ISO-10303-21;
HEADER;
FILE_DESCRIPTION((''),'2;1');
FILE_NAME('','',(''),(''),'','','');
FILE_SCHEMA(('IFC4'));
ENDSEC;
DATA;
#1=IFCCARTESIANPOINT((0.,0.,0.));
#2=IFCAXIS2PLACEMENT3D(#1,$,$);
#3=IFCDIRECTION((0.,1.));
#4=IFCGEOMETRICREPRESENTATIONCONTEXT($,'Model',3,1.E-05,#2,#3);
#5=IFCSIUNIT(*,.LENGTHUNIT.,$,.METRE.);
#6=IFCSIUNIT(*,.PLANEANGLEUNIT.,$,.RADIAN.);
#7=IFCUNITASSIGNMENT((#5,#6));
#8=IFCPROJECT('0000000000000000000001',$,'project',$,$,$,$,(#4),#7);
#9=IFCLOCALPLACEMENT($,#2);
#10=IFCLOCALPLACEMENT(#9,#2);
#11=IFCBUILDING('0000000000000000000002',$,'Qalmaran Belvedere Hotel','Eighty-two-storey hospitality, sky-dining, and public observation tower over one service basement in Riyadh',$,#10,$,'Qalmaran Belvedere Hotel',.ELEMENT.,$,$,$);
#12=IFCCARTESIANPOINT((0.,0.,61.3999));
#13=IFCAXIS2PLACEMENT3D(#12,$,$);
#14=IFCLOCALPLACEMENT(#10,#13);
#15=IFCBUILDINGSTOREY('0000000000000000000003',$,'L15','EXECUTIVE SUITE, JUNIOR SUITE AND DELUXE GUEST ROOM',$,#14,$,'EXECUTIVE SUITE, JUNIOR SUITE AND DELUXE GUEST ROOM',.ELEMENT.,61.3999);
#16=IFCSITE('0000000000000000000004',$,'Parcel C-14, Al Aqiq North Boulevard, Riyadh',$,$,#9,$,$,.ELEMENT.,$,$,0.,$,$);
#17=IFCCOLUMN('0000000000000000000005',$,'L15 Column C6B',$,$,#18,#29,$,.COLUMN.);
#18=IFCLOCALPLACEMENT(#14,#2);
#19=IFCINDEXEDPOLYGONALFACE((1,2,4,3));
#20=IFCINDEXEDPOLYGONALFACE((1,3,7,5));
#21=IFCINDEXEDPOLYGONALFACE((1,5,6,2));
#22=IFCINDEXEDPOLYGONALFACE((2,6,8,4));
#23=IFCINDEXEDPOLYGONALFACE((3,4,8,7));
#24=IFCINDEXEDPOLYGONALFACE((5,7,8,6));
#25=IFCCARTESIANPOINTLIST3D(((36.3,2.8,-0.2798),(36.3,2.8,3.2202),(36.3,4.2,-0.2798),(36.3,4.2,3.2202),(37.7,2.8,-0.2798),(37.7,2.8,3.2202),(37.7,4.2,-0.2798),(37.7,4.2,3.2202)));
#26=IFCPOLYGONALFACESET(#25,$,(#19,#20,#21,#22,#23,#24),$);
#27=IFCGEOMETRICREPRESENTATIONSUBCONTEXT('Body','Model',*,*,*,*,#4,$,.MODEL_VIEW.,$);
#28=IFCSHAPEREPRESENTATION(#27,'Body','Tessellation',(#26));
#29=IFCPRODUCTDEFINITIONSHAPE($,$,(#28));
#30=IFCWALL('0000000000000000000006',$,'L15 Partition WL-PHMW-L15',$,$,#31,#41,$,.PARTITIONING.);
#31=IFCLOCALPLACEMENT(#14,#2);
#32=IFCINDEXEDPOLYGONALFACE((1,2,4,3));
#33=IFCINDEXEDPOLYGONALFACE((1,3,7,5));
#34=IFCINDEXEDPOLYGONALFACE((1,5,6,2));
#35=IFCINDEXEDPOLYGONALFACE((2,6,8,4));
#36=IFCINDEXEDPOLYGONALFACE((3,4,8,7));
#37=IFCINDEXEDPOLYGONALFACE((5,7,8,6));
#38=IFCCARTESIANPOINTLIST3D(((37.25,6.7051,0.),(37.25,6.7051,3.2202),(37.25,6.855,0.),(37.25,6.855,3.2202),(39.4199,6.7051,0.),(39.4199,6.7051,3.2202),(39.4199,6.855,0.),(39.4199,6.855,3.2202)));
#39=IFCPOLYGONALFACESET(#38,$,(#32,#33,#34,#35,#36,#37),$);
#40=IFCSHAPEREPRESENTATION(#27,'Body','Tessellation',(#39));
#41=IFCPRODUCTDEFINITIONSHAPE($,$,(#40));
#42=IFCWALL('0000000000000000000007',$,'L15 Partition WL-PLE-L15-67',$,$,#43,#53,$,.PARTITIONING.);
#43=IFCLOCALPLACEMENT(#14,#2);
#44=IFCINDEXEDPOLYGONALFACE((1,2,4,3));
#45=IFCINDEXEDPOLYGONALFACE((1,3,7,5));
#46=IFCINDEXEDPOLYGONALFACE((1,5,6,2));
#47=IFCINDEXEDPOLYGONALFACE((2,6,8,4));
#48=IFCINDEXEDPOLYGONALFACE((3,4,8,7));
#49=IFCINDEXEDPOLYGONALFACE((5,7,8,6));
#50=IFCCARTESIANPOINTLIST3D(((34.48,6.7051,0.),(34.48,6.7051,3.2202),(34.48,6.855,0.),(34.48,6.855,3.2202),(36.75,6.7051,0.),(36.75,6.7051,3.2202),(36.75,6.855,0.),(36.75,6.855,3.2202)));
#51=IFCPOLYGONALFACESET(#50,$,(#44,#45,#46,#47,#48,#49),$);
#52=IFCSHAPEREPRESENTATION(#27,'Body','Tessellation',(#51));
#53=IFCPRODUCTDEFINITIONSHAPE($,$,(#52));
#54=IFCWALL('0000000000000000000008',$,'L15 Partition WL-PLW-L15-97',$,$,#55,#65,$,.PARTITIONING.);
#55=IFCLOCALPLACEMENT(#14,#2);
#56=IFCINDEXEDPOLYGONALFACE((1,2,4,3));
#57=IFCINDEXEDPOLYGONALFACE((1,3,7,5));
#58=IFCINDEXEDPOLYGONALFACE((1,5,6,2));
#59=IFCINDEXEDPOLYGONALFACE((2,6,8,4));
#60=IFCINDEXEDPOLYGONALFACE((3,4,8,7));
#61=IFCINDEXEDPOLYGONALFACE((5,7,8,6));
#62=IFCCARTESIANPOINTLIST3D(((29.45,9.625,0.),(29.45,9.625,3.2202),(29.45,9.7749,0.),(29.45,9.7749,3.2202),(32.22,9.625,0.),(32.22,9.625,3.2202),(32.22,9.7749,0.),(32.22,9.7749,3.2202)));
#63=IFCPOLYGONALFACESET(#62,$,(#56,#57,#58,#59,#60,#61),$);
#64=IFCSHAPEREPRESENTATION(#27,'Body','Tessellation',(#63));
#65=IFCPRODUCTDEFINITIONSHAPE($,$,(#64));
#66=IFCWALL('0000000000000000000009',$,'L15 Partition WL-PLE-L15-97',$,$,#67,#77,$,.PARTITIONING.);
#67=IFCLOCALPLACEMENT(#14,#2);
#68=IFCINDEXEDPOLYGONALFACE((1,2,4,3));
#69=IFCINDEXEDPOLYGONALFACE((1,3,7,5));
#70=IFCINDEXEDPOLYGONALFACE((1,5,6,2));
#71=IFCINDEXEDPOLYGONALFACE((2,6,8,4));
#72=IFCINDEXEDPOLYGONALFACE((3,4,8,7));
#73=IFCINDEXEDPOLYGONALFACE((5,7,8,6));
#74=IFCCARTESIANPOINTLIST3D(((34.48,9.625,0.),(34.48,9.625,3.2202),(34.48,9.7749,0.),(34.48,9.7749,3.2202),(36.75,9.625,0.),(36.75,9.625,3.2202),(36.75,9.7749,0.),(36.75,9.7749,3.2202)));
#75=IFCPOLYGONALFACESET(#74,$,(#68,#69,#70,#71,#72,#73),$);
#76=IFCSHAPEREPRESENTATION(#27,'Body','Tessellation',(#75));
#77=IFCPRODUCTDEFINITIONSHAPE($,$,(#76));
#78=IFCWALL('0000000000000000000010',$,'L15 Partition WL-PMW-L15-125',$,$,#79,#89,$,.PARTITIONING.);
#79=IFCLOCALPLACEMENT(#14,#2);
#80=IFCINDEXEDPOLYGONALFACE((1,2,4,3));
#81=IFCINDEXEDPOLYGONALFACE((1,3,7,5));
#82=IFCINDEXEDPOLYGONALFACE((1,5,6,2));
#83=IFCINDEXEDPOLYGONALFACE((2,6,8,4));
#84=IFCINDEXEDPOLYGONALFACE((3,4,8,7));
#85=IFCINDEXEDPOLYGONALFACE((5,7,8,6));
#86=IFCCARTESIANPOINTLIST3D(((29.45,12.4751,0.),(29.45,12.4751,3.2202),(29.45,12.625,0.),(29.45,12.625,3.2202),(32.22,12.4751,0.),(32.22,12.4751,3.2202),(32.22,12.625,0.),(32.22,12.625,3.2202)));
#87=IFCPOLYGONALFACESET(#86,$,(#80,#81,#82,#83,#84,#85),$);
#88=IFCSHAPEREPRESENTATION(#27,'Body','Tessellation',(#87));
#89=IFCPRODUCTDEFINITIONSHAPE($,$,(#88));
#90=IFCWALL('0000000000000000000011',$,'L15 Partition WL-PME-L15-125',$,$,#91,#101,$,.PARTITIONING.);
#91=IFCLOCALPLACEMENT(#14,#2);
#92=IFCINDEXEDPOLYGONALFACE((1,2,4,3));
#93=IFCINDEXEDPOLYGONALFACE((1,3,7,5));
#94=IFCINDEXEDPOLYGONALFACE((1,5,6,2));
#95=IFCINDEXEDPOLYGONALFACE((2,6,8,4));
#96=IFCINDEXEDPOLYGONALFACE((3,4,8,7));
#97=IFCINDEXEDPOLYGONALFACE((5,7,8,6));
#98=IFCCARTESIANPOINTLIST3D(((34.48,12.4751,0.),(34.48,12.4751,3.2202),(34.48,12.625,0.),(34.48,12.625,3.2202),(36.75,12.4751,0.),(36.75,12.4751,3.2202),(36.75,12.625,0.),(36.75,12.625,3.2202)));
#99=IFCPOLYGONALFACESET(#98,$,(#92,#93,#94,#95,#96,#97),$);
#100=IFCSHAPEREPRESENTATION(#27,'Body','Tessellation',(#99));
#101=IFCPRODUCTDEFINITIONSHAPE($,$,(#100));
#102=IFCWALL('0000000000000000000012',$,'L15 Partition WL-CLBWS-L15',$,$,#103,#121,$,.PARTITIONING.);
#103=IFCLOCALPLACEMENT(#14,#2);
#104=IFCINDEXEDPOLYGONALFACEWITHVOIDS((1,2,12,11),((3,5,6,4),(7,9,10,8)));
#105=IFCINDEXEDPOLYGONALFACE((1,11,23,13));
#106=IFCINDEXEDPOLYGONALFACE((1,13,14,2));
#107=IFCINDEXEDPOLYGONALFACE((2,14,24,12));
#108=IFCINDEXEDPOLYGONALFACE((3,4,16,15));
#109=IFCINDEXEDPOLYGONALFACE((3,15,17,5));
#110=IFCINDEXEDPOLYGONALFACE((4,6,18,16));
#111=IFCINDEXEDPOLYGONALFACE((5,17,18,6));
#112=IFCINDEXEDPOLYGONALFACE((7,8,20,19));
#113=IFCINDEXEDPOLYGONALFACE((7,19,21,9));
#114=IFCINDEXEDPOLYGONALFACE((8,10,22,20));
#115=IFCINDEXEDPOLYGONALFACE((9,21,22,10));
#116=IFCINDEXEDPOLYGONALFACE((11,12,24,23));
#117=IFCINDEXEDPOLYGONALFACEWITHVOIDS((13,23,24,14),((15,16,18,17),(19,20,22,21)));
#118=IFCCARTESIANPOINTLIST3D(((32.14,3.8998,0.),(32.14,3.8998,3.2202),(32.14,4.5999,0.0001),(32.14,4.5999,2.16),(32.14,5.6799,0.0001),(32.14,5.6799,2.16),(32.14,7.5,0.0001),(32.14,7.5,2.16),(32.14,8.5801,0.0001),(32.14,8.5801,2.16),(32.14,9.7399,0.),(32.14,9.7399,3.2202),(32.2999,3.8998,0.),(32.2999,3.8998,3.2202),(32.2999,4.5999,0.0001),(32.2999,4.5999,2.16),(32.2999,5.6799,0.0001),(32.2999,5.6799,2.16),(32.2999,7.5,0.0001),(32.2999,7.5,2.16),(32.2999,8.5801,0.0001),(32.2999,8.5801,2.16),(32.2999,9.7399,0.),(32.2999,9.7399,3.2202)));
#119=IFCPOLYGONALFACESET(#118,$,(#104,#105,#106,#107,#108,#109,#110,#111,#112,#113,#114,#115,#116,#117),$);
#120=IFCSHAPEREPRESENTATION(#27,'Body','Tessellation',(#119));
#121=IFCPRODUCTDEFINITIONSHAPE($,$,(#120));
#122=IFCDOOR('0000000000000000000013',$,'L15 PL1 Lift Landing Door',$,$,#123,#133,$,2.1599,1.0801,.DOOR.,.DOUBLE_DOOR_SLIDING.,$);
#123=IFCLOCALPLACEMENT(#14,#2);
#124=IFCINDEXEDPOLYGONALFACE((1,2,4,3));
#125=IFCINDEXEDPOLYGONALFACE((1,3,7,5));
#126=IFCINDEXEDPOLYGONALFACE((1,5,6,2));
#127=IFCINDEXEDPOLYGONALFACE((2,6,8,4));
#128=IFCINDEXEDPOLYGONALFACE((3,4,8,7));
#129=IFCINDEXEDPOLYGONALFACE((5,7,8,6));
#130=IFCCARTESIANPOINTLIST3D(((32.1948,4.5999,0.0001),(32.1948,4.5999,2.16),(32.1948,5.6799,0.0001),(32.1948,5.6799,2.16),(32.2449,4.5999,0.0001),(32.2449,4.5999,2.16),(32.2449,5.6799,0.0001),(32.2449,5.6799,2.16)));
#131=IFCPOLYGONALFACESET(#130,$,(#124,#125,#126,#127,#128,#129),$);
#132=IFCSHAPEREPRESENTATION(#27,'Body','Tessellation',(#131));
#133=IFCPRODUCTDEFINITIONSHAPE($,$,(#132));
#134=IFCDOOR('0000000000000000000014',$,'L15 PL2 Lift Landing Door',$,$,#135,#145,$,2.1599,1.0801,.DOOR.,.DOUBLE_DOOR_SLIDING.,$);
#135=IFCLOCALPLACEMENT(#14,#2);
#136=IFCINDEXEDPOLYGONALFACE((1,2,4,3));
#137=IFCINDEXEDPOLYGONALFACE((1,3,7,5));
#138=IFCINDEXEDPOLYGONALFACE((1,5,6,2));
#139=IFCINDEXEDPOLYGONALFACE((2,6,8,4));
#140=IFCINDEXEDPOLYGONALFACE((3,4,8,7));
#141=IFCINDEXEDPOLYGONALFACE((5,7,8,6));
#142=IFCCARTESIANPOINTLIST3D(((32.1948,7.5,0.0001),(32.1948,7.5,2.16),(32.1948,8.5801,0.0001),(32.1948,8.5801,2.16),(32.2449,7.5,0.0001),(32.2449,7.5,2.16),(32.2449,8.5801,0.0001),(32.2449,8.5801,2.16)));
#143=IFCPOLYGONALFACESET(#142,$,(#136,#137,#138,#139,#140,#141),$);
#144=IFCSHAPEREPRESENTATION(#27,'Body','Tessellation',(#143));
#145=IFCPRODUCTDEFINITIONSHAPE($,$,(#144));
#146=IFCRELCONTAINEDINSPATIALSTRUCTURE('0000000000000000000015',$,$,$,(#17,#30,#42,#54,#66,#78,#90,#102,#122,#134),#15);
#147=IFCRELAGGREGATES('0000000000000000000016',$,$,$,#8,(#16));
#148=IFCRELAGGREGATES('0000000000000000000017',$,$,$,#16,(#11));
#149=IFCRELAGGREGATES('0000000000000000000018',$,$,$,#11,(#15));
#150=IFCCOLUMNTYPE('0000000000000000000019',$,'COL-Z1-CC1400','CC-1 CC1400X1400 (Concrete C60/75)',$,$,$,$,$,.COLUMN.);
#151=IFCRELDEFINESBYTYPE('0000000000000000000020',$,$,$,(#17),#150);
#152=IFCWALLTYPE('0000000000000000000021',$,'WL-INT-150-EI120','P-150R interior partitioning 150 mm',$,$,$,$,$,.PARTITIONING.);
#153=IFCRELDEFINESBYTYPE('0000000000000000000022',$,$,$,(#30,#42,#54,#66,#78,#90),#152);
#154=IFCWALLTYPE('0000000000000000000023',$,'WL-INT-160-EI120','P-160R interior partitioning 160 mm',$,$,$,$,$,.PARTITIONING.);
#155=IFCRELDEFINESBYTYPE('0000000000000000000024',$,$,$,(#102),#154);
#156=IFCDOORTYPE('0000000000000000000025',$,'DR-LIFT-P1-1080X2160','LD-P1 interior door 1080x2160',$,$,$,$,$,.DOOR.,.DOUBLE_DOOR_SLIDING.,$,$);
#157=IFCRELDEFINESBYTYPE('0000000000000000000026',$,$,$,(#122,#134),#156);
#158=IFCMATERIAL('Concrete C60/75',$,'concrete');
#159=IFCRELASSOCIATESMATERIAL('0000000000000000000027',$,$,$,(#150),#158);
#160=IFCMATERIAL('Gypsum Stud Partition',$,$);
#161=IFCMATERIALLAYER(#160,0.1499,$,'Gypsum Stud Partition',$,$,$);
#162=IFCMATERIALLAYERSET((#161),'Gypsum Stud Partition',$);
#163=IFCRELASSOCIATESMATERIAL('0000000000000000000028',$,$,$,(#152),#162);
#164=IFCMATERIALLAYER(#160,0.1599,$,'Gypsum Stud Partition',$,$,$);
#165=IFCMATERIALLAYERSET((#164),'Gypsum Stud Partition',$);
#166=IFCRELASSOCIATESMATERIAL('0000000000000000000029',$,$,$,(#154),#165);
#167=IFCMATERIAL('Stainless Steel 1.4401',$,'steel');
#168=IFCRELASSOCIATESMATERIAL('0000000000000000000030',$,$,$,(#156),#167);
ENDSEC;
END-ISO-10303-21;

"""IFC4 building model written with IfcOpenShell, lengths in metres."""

from ifc_helpers import new_model, si_unit, direction, frame, frame_2d, origin, origin_2d, place, context, subcontext, project, spatial, rectangle, extrude, material, layer, layer_set, material_profile, profile_set, type_object, element, fill, save


model = new_model("IFC4")

# Units and contexts
model_context = context("Model", 3, precision=1e-05, world=origin(), true_north=direction((0.0, 1.0)))
body_context = subcontext(model_context, "Body", "Model", "MODEL_VIEW")
ifc_project = project(units=[si_unit("LENGTHUNIT", "METRE"), si_unit("PLANEANGLEUNIT", "RADIAN")], contexts=[model_context])

# Site, building, storey
site_placement = place(None, origin())
site = spatial("IfcSite", under=ifc_project, at=site_placement, Name="Parcel C-14, Al Aqiq North Boulevard, Riyadh", CompositionType="ELEMENT", RefElevation=0.0)
building_placement = place(site_placement, origin())
building = spatial("IfcBuilding", under=site, at=building_placement, Name="Qalmaran Belvedere Hotel", Description="Eighty-two-storey hospitality, sky-dining, and public observation tower over one service basement in Riyadh", LongName="Qalmaran Belvedere Hotel", CompositionType="ELEMENT")
storey_placement = place(building_placement, frame((0.0, 0.0, 61.3999)))
storey = spatial("IfcBuildingStorey", under=building, at=storey_placement, Name="L15", Description="EXECUTIVE SUITE, JUNIOR SUITE AND DELUXE GUEST ROOM", LongName="EXECUTIVE SUITE, JUNIOR SUITE AND DELUXE GUEST ROOM", CompositionType="ELEMENT", Elevation=61.3999)

# Column
ifc_material_1 = material(Name="Concrete C60/75", Category="concrete")
ifc_material_profile = material_profile(ifc_material_1, rectangle(XDim=1.3999, YDim=1.3999, at=origin_2d()), Name="CC1400X1400")
ifc_profile_set = profile_set([ifc_material_profile], Name="Concrete C60/75")
column_type = type_object("IfcColumnType", Name="COL-Z1-CC1400", Description="CC-1 CC1400X1400 (Concrete C60/75)", PredefinedType="COLUMN", material=ifc_profile_set)
column_placement = place(storey_placement, frame((37.0, 3.5, -0.2798), z_axis=(0.0, 0.0, 1.0), x_axis=(1.0, 0.0, 0.0)))
element("IfcColumn", 1, at=column_placement, inside=storey, type_object=column_type, Name="L15 Column C6B", PredefinedType="COLUMN", context=body_context, shape_type="SweptSolid", body=[
    extrude(rectangle(XDim=1.3999, YDim=1.3999, at=origin_2d()), origin(), (0.0, 0.0, 1.0), 3.5),
])

# Walls
ifc_material_2 = material(Name="Gypsum Stud Partition")
ifc_layer_1 = layer(ifc_material_2, 0.1499, Name="Gypsum Stud Partition")
ifc_layer_set_1 = layer_set([ifc_layer_1], Name="Gypsum Stud Partition")
wall_type_1 = type_object("IfcWallType", Name="WL-INT-150-EI120", Description="P-150R interior partitioning 150 mm", PredefinedType="PARTITIONING", material=ifc_layer_set_1)
wall_1_placement = place(storey_placement, frame((37.25, 6.78, 0.0), z_axis=(0.0, 0.0, 1.0), x_axis=(1.0, 0.0, 0.0)))
element("IfcWall", 2, at=wall_1_placement, inside=storey, type_object=wall_type_1, Name="L15 Partition WL-PHMW-L15", PredefinedType="PARTITIONING", context=body_context, shape_type="SweptSolid", body=[
    extrude(rectangle(XDim=2.1699, YDim=0.1499, at=frame_2d((1.085, 0.0))), origin(), (0.0, 0.0, 1.0), 3.2202),
])
wall_2_placement = place(storey_placement, frame((34.48, 6.78, 0.0), z_axis=(0.0, 0.0, 1.0), x_axis=(1.0, 0.0, 0.0)))
element("IfcWall", 3, at=wall_2_placement, inside=storey, type_object=wall_type_1, Name="L15 Partition WL-PLE-L15-67", PredefinedType="PARTITIONING", context=body_context, shape_type="SweptSolid", body=[
    extrude(rectangle(XDim=2.27, YDim=0.1499, at=frame_2d((1.135, 0.0))), origin(), (0.0, 0.0, 1.0), 3.2202),
])
wall_3_placement = place(storey_placement, frame((29.45, 9.7, 0.0), z_axis=(0.0, 0.0, 1.0), x_axis=(1.0, 0.0, 0.0)))
element("IfcWall", 4, at=wall_3_placement, inside=storey, type_object=wall_type_1, Name="L15 Partition WL-PLW-L15-97", PredefinedType="PARTITIONING", context=body_context, shape_type="SweptSolid", body=[
    extrude(rectangle(XDim=2.77, YDim=0.1499, at=frame_2d((1.385, 0.0))), origin(), (0.0, 0.0, 1.0), 3.2202),
])
wall_4_placement = place(storey_placement, frame((34.48, 9.7, 0.0), z_axis=(0.0, 0.0, 1.0), x_axis=(1.0, 0.0, 0.0)))
element("IfcWall", 5, at=wall_4_placement, inside=storey, type_object=wall_type_1, Name="L15 Partition WL-PLE-L15-97", PredefinedType="PARTITIONING", context=body_context, shape_type="SweptSolid", body=[
    extrude(rectangle(XDim=2.27, YDim=0.1499, at=frame_2d((1.135, 0.0))), origin(), (0.0, 0.0, 1.0), 3.2202),
])
wall_5_placement = place(storey_placement, frame((29.45, 12.55, 0.0), z_axis=(0.0, 0.0, 1.0), x_axis=(1.0, 0.0, 0.0)))
element("IfcWall", 6, at=wall_5_placement, inside=storey, type_object=wall_type_1, Name="L15 Partition WL-PMW-L15-125", PredefinedType="PARTITIONING", context=body_context, shape_type="SweptSolid", body=[
    extrude(rectangle(XDim=2.77, YDim=0.1499, at=frame_2d((1.385, 0.0))), origin(), (0.0, 0.0, 1.0), 3.2202),
])
wall_6_placement = place(storey_placement, frame((34.48, 12.55, 0.0), z_axis=(0.0, 0.0, 1.0), x_axis=(1.0, 0.0, 0.0)))
element("IfcWall", 7, at=wall_6_placement, inside=storey, type_object=wall_type_1, Name="L15 Partition WL-PME-L15-125", PredefinedType="PARTITIONING", context=body_context, shape_type="SweptSolid", body=[
    extrude(rectangle(XDim=2.27, YDim=0.1499, at=frame_2d((1.135, 0.0))), origin(), (0.0, 0.0, 1.0), 3.2202),
])

# Wall, openings, doors
ifc_layer_2 = layer(ifc_material_2, 0.1599, Name="Gypsum Stud Partition")
ifc_layer_set_2 = layer_set([ifc_layer_2], Name="Gypsum Stud Partition")
wall_type_2 = type_object("IfcWallType", Name="WL-INT-160-EI120", Description="P-160R interior partitioning 160 mm", PredefinedType="PARTITIONING", material=ifc_layer_set_2)
wall_7_placement = place(storey_placement, frame((32.22, 3.8999, 0.0), z_axis=(0.0, 0.0, 1.0), x_axis=(0.0, 1.0, 0.0)))
wall_7 = element("IfcWall", 8, at=wall_7_placement, inside=storey, type_object=wall_type_2, Name="L15 Partition WL-CLBWS-L15", PredefinedType="PARTITIONING", context=body_context, shape_type="SweptSolid", body=[
    extrude(rectangle(XDim=5.8401, YDim=0.1599, at=frame_2d((2.9199, 0.0))), origin(), (0.0, 0.0, 1.0), 3.2202),
])
opening_1_placement = place(wall_7_placement, frame((1.78, 0.0, 0.0), z_axis=(0.0, 0.0, 1.0), x_axis=(-1.0, 0.0, 0.0)))
opening_1 = element("IfcOpeningElement", 9, at=opening_1_placement, cuts=wall_7, PredefinedType="OPENING", context=body_context, shape_type="SweptSolid", body=[
    extrude(rectangle(XDim=1.0801, YDim=2.1599, at=frame_2d((0.54, 1.0801))), frame((0.0, 0.0898, 0.0), z_axis=(0.0, -1.0, 0.0), x_axis=(1.0, 0.0, 0.0)), (0.0, 0.0, 1.0), 0.1799),
])
opening_2_placement = place(wall_7_placement, frame((4.6802, 0.0, 0.0), z_axis=(0.0, 0.0, 1.0), x_axis=(-1.0, 0.0, 0.0)))
opening_2 = element("IfcOpeningElement", 10, at=opening_2_placement, cuts=wall_7, PredefinedType="OPENING", context=body_context, shape_type="SweptSolid", body=[
    extrude(rectangle(XDim=1.0801, YDim=2.1599, at=frame_2d((0.54, 1.0801))), frame((0.0, 0.0898, 0.0), z_axis=(0.0, -1.0, 0.0), x_axis=(1.0, 0.0, 0.0)), (0.0, 0.0, 1.0), 0.1799),
])
ifc_material_3 = material(Name="Stainless Steel 1.4401", Category="steel")
door_type_1 = type_object("IfcDoorType", Name="DR-LIFT-P1-1080X2160", Description="LD-P1 interior door 1080x2160", OperationType="DOUBLE_DOOR_SLIDING", PredefinedType="DOOR", material=ifc_material_3)
door_1_placement = place(opening_1_placement, origin())
door_1 = element("IfcDoor", 11, at=door_1_placement, inside=storey, type_object=door_type_1, Name="L15 PL1 Lift Landing Door", OperationType="DOUBLE_DOOR_SLIDING", OverallHeight=2.1599, OverallWidth=1.0801, PredefinedType="DOOR", context=body_context, shape_type="SweptSolid", body=[
    extrude(rectangle(XDim=1.0801, YDim=2.1599, at=frame_2d((0.54, 1.0801))), frame((0.0, 0.0249, 0.0), z_axis=(0.0, -1.0, 0.0), x_axis=(1.0, 0.0, 0.0)), (0.0, 0.0, 1.0), 0.05),
])
fill(opening_1, door_1)
door_2_placement = place(opening_2_placement, origin())
door_2 = element("IfcDoor", 12, at=door_2_placement, inside=storey, type_object=door_type_1, Name="L15 PL2 Lift Landing Door", OperationType="DOUBLE_DOOR_SLIDING", OverallHeight=2.1599, OverallWidth=1.0801, PredefinedType="DOOR", context=body_context, shape_type="SweptSolid", body=[
    extrude(rectangle(XDim=1.0801, YDim=2.1599, at=frame_2d((0.54, 1.0801))), frame((0.0, 0.0249, 0.0), z_axis=(0.0, -1.0, 0.0), x_axis=(1.0, 0.0, 0.0)), (0.0, 0.0, 1.0), 0.05),
])
fill(opening_2, door_2)

save(model, "model.ifc")
